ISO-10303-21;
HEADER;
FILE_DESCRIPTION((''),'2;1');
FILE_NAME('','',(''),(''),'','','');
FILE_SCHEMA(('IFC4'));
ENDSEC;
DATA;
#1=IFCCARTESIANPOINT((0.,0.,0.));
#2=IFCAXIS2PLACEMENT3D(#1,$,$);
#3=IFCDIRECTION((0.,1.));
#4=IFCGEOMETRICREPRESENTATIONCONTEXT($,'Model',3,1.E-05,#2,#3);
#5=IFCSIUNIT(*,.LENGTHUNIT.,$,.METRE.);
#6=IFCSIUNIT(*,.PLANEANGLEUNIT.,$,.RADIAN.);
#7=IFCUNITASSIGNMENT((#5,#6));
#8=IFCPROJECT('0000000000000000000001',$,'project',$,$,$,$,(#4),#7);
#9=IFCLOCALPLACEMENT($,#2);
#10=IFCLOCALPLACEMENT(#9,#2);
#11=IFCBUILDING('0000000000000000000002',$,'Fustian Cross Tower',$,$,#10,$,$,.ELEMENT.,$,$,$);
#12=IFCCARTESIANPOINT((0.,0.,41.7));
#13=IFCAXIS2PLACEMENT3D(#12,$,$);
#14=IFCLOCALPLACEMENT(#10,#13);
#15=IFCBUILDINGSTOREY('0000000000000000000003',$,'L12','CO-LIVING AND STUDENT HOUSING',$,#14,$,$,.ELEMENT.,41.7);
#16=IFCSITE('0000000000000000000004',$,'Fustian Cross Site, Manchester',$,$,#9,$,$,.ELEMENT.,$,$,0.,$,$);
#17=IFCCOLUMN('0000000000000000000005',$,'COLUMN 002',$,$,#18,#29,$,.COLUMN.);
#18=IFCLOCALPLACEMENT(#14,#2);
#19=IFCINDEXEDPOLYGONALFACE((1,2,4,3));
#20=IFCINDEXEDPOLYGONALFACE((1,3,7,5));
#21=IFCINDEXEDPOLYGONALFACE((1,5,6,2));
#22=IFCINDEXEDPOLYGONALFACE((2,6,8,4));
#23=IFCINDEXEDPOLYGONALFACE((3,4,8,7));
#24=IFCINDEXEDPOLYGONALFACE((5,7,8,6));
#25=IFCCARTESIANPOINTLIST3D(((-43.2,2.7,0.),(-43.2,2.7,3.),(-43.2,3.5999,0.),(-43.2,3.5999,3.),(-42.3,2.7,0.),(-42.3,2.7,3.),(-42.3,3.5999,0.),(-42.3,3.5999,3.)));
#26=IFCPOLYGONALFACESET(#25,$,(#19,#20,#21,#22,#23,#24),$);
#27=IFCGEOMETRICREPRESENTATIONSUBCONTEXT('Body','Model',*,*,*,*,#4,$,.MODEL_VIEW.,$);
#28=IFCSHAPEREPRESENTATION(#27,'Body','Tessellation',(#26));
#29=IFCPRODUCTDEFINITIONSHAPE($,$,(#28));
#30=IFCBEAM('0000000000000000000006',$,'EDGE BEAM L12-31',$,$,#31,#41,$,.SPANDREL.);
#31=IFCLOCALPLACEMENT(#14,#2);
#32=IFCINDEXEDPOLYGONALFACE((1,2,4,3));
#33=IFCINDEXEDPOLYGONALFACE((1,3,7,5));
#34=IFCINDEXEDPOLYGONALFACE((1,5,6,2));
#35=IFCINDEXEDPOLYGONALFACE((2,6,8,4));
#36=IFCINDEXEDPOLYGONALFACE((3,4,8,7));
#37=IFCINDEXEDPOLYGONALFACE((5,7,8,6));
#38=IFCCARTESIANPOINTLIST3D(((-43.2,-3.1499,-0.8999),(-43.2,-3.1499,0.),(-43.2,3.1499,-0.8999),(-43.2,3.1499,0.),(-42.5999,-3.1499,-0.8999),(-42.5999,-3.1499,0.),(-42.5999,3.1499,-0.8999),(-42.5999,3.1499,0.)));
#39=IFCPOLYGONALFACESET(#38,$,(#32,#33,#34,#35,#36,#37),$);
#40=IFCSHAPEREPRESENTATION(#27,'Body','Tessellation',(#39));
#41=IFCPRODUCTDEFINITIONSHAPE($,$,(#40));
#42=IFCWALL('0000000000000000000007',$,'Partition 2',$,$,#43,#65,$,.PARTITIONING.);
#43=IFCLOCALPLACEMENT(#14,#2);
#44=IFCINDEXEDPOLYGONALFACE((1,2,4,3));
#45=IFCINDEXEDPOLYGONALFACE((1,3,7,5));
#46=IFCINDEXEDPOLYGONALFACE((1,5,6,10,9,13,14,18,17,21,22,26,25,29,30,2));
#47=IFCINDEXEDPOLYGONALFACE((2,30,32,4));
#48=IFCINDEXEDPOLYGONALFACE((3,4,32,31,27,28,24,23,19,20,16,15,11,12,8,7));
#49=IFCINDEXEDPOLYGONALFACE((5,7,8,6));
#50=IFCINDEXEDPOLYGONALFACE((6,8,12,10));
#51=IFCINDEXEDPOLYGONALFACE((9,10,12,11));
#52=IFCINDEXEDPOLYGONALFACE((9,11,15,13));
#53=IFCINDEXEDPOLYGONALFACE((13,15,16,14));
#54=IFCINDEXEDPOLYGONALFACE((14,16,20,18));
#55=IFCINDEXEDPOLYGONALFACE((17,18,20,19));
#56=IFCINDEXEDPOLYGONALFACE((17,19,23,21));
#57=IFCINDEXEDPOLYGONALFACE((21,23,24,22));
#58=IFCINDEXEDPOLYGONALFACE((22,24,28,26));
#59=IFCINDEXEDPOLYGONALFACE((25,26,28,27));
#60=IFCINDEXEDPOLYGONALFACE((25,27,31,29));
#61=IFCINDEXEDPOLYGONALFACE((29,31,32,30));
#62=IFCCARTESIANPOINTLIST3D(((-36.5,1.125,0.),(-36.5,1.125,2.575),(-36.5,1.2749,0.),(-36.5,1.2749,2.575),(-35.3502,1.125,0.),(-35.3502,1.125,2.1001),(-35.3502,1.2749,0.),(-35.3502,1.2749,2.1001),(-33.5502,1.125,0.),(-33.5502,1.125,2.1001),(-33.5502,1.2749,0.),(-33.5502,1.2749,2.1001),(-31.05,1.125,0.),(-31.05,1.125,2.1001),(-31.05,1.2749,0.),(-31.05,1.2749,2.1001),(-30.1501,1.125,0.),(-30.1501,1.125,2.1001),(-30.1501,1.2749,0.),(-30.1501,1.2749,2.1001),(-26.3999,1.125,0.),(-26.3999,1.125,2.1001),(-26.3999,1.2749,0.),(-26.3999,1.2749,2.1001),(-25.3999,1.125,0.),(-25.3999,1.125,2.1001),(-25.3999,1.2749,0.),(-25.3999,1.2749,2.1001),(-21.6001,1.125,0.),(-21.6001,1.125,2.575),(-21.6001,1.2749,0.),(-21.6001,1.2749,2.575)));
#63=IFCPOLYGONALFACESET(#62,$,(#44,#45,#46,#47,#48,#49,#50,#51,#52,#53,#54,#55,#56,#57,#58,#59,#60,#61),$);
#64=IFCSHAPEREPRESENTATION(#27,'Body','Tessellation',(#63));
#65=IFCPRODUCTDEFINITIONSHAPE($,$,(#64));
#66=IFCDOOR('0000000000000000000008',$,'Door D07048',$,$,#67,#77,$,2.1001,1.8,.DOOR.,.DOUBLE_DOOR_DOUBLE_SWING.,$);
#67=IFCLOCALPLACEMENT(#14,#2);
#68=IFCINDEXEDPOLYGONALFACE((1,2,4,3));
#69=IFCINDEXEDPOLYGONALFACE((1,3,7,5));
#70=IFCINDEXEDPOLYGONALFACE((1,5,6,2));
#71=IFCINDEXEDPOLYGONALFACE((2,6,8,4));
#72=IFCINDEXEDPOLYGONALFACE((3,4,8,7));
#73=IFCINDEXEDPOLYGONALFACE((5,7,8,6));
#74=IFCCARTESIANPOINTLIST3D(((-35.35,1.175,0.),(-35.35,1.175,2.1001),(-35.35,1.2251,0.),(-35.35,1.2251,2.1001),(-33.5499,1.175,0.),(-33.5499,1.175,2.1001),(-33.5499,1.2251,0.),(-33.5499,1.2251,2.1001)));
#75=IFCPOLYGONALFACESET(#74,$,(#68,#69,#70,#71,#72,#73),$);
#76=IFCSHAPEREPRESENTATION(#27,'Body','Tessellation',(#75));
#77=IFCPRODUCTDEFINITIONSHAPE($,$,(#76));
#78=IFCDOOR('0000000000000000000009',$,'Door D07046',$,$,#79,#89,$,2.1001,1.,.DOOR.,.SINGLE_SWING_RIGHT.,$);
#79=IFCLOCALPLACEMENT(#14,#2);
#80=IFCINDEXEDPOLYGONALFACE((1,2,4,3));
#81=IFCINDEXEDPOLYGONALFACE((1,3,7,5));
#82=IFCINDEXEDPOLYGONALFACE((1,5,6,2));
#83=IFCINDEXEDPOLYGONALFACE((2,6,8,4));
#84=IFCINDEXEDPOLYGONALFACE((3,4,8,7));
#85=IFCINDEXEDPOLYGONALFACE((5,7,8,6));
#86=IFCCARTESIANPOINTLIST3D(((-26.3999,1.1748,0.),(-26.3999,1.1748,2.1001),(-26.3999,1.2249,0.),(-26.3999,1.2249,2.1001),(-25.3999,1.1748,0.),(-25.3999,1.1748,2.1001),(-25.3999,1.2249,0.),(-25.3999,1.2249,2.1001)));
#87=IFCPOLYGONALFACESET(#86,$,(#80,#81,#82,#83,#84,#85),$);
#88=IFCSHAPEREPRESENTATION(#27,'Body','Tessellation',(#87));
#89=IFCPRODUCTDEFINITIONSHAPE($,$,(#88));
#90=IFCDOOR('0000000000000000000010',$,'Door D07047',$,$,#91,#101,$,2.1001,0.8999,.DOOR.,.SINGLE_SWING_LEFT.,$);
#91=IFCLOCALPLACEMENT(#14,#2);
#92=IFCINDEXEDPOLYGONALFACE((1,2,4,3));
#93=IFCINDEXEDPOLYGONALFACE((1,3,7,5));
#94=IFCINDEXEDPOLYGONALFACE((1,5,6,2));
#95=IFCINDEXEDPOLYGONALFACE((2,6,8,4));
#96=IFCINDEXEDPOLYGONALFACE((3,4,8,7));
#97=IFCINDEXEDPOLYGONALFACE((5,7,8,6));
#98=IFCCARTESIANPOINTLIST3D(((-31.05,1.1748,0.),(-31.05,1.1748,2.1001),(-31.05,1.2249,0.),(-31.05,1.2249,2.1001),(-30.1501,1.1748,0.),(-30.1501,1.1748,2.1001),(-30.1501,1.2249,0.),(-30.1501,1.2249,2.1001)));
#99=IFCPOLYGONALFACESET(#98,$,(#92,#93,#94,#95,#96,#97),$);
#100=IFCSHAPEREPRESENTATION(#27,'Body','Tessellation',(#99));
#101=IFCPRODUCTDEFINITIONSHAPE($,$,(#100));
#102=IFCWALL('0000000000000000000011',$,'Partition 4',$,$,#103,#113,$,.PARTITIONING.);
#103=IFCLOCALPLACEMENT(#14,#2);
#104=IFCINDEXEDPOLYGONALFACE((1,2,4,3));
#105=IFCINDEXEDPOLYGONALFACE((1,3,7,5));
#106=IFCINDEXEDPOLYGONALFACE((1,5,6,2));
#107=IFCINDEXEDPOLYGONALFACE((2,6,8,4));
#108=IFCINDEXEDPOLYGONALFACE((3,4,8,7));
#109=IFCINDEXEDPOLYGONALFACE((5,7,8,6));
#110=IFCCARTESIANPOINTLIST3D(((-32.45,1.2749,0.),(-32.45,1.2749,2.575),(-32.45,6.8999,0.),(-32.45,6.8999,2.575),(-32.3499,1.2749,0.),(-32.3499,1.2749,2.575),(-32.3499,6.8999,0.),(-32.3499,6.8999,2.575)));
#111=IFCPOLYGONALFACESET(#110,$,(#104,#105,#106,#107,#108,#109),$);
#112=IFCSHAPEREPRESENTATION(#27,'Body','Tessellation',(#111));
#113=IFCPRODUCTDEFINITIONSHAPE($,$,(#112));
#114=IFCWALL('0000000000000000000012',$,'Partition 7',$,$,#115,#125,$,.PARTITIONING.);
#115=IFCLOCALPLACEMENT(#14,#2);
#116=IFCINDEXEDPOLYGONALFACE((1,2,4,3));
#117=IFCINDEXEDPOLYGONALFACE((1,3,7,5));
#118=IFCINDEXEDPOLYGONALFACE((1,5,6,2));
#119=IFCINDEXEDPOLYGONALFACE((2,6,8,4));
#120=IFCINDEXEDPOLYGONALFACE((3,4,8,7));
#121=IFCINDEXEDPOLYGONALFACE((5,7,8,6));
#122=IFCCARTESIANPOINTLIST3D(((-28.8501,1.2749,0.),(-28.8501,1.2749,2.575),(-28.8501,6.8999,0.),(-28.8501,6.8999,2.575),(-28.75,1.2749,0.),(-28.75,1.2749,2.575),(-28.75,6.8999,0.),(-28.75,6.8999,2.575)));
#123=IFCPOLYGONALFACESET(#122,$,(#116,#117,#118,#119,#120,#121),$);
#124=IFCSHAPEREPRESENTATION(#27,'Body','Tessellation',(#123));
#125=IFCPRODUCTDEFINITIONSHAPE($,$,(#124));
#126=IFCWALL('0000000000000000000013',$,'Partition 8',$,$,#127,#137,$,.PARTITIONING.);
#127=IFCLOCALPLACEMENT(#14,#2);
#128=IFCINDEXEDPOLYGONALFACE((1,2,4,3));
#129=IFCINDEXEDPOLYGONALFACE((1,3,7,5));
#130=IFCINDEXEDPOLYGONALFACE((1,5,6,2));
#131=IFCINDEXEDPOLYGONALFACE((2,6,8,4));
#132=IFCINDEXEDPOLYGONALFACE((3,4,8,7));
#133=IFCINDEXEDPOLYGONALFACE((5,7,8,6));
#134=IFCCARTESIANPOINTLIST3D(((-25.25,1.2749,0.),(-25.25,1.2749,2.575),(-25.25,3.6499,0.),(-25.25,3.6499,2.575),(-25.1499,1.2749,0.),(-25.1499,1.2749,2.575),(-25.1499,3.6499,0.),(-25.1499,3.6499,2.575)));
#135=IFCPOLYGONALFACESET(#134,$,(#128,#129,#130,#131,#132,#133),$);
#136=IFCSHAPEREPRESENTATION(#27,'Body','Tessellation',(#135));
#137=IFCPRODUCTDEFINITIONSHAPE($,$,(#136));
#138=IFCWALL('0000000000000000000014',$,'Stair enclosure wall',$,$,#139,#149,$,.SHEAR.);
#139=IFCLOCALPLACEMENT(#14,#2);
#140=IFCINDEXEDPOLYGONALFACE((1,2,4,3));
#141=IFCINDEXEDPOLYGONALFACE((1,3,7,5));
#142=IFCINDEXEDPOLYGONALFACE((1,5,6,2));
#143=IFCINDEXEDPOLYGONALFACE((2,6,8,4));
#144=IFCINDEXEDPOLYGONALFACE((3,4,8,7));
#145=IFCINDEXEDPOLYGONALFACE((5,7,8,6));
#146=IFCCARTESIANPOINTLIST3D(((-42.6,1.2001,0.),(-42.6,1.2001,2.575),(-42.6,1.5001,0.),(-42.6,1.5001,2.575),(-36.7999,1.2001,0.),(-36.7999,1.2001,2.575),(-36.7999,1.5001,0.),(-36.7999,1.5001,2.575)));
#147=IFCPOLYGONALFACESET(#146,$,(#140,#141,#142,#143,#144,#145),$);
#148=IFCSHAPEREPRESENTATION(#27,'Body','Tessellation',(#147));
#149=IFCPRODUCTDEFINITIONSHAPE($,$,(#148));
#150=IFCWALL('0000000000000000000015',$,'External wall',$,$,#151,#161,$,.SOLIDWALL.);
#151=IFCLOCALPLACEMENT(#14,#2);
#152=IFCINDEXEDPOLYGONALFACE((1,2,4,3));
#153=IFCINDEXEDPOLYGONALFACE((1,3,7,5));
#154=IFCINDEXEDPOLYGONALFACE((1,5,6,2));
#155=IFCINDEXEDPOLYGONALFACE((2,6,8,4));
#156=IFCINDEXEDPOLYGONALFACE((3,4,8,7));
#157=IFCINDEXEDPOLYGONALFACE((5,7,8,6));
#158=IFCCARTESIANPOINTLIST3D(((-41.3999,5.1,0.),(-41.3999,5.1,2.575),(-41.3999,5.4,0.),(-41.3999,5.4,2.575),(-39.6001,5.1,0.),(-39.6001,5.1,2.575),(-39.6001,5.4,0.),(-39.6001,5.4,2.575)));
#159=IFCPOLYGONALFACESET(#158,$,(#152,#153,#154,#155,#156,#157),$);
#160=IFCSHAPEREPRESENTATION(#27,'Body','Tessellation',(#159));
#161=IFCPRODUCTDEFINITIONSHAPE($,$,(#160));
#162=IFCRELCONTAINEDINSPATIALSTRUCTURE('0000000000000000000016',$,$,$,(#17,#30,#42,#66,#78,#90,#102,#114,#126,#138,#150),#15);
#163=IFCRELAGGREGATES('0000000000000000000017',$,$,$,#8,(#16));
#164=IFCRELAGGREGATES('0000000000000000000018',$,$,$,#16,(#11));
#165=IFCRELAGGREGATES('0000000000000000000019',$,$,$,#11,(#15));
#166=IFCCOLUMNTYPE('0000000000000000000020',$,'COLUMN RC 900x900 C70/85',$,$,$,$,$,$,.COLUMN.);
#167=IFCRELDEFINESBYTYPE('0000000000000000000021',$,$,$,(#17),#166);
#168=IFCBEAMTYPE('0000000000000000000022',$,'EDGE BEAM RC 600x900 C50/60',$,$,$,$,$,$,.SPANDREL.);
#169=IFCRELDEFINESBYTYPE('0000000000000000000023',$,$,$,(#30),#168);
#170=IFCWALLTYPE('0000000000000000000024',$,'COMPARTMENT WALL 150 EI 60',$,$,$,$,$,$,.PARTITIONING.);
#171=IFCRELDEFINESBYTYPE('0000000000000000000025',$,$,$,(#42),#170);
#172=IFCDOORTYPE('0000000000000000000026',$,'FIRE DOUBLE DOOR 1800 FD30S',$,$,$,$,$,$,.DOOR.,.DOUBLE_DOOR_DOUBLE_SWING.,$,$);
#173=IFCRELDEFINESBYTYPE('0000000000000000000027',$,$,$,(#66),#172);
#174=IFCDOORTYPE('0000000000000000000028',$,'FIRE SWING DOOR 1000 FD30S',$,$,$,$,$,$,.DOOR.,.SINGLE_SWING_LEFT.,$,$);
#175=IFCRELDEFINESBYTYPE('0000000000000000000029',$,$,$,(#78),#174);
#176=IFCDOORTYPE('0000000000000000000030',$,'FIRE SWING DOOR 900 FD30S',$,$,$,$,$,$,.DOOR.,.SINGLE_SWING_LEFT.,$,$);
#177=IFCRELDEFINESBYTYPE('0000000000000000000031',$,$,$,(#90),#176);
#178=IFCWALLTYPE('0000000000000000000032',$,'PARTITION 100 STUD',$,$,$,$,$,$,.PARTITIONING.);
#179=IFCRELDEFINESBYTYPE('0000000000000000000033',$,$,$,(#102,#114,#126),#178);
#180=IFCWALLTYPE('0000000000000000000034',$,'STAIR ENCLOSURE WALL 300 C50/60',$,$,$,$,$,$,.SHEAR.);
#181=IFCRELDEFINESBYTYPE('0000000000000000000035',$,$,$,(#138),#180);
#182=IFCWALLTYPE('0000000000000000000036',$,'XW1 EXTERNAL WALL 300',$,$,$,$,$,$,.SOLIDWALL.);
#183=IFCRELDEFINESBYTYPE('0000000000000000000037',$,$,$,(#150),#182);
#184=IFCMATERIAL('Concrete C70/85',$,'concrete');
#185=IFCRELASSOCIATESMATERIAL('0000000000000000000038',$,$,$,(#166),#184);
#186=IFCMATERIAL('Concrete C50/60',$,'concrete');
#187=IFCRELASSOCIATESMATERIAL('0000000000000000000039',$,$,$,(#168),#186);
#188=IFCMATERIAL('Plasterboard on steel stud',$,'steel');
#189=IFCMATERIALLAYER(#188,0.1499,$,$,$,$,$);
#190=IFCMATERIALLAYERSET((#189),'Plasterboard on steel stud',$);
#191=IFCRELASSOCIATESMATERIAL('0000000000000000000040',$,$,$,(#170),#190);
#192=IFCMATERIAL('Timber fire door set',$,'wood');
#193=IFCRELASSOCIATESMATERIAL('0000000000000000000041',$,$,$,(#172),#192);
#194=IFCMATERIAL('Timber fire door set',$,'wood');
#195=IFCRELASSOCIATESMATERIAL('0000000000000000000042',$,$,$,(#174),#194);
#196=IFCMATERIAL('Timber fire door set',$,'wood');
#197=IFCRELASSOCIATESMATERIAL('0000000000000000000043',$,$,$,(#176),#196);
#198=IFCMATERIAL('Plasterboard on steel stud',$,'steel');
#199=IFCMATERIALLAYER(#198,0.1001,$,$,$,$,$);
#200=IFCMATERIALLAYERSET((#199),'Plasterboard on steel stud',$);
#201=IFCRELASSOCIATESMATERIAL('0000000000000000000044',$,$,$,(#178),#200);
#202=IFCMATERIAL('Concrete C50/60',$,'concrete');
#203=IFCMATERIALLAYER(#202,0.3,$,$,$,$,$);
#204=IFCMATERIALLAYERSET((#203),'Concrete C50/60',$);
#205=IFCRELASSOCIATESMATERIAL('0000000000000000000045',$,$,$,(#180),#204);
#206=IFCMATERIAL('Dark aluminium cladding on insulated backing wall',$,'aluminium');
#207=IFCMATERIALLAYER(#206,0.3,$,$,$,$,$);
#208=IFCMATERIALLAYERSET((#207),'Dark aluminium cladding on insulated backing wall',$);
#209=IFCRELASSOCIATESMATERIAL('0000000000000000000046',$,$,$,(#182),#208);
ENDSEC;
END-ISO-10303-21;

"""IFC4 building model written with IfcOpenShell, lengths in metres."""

from ifc_helpers import new_model, si_unit, direction, frame, frame_2d, origin, origin_2d, place, context, subcontext, project, spatial, rectangle, extrude, material, layer, layer_set, material_profile, profile_set, type_object, element, fill, save


model = new_model("IFC4")

# Units and contexts
model_context = context("Model", 3, precision=1e-05, world=origin(), true_north=direction((0.0, 1.0)))
body_context = subcontext(model_context, "Body", "Model", "MODEL_VIEW")
ifc_project = project(units=[si_unit("LENGTHUNIT", "METRE"), si_unit("PLANEANGLEUNIT", "RADIAN")], contexts=[model_context])

# Site, building, storey
site_placement = place(None, origin())
site = spatial("IfcSite", under=ifc_project, at=site_placement, Name="Fustian Cross Site, Manchester", CompositionType="ELEMENT", RefElevation=0.0)
building_placement = place(site_placement, origin())
building = spatial("IfcBuilding", under=site, at=building_placement, Name="Fustian Cross Tower", CompositionType="ELEMENT")
storey_placement = place(building_placement, frame((0.0, 0.0, 41.7)))
storey = spatial("IfcBuildingStorey", under=building, at=storey_placement, Name="L12", Description="CO-LIVING AND STUDENT HOUSING", CompositionType="ELEMENT", Elevation=41.7)

# Column
ifc_material_1 = material(Name="Concrete C70/85", Category="concrete")
ifc_material_profile_1 = material_profile(ifc_material_1, rectangle(XDim=0.8999, YDim=0.8999, at=origin_2d()), Name="RC 900x900")
ifc_profile_set_1 = profile_set([ifc_material_profile_1], Name="Concrete C70/85")
column_type = type_object("IfcColumnType", Name="COLUMN RC 900x900 C70/85", PredefinedType="COLUMN", material=ifc_profile_set_1)
column_placement = place(storey_placement, frame((-42.75, 3.1499, 0.0), z_axis=(0.0, 0.0, 1.0), x_axis=(1.0, 0.0, 0.0)))
element("IfcColumn", 1, at=column_placement, inside=storey, type_object=column_type, Name="COLUMN 002", PredefinedType="COLUMN", context=body_context, shape_type="SweptSolid", body=[
    extrude(rectangle(XDim=0.8999, YDim=0.8999, at=origin_2d()), origin(), (0.0, 0.0, 1.0), 3.0),
])

# Beam
ifc_material_2 = material(Name="Concrete C50/60", Category="concrete")
ifc_material_profile_2 = material_profile(ifc_material_2, rectangle(XDim=0.6001, YDim=0.8999, at=origin_2d()), Name="RC 600x900")
ifc_profile_set_2 = profile_set([ifc_material_profile_2], Name="Concrete C50/60")
beam_type = type_object("IfcBeamType", Name="EDGE BEAM RC 600x900 C50/60", PredefinedType="SPANDREL", material=ifc_profile_set_2)
beam_placement = place(storey_placement, frame((-42.8999, 3.1499, -0.45), z_axis=(0.0, -1.0, 0.0), x_axis=(1.0, 0.0, 0.0)))
element("IfcBeam", 2, at=beam_placement, inside=storey, type_object=beam_type, Name="EDGE BEAM L12-31", PredefinedType="SPANDREL", context=body_context, shape_type="SweptSolid", body=[
    extrude(rectangle(XDim=0.6001, YDim=0.8999, at=origin_2d()), origin(), (0.0, 0.0, 1.0), 6.2998),
])

# Wall, openings, doors
ifc_material_3 = material(Name="Plasterboard on steel stud", Category="steel")
ifc_layer_1 = layer(ifc_material_3, 0.1499)
ifc_layer_set_1 = layer_set([ifc_layer_1], Name="Plasterboard on steel stud")
wall_type_1 = type_object("IfcWallType", Name="COMPARTMENT WALL 150 EI 60", PredefinedType="PARTITIONING", material=ifc_layer_set_1)
wall_1_placement = place(storey_placement, frame((-36.5, 1.2, 0.0), z_axis=(0.0, 0.0, 1.0), x_axis=(1.0, 0.0, 0.0)))
wall_1 = element("IfcWall", 3, at=wall_1_placement, inside=storey, type_object=wall_type_1, Name="Partition 2", PredefinedType="PARTITIONING", context=body_context, shape_type="SweptSolid", body=[
    extrude(rectangle(XDim=14.8999, YDim=0.1499, at=frame_2d((7.45, 0.0))), origin(), (0.0, 0.0, 1.0), 2.575),
])
opening_1_placement = place(wall_1_placement, frame((10.1001, 0.0, 0.0)))
opening_1 = element("IfcOpeningElement", 4, at=opening_1_placement, cuts=wall_1, PredefinedType="OPENING", context=body_context, shape_type="SweptSolid", body=[
    extrude(rectangle(XDim=1.0, YDim=2.1001, at=frame_2d((0.5, 1.05))), frame((0.0, 0.085, 0.0), z_axis=(0.0, -1.0, 0.0), x_axis=(1.0, 0.0, 0.0)), (0.0, 0.0, 1.0), 0.1699),
])
opening_2_placement = place(wall_1_placement, frame((5.45, 0.0, 0.0)))
opening_2 = element("IfcOpeningElement", 5, at=opening_2_placement, cuts=wall_1, PredefinedType="OPENING", context=body_context, shape_type="SweptSolid", body=[
    extrude(rectangle(XDim=0.8999, YDim=2.1001, at=frame_2d((0.45, 1.05))), frame((0.0, 0.085, 0.0), z_axis=(0.0, -1.0, 0.0), x_axis=(1.0, 0.0, 0.0)), (0.0, 0.0, 1.0), 0.1699),
])
opening_3_placement = place(wall_1_placement, frame((1.1499, 0.0, 0.0)))
opening_3 = element("IfcOpeningElement", 6, at=opening_3_placement, cuts=wall_1, PredefinedType="OPENING", context=body_context, shape_type="SweptSolid", body=[
    extrude(rectangle(XDim=1.8, YDim=2.1001, at=frame_2d((0.8999, 1.05))), frame((0.0, 0.085, 0.0), z_axis=(0.0, -1.0, 0.0), x_axis=(1.0, 0.0, 0.0)), (0.0, 0.0, 1.0), 0.1699),
])
ifc_material_4 = material(Name="Timber fire door set", Category="wood")
door_type_1 = type_object("IfcDoorType", Name="FIRE DOUBLE DOOR 1800 FD30S", OperationType="DOUBLE_DOOR_DOUBLE_SWING", PredefinedType="DOOR", material=ifc_material_4)
door_1_placement = place(opening_3_placement, frame((1.8, 0.0, 0.0), z_axis=(0.0, 0.0, 1.0), x_axis=(-1.0, 0.0, 0.0)))
door_1 = element("IfcDoor", 7, at=door_1_placement, inside=storey, type_object=door_type_1, Name="Door D07048", OperationType="DOUBLE_DOOR_DOUBLE_SWING", OverallHeight=2.1001, OverallWidth=1.8, PredefinedType="DOOR", context=body_context, shape_type="SweptSolid", body=[
    extrude(rectangle(XDim=1.8, YDim=2.1001, at=frame_2d((0.8999, 1.05))), frame((0.0, 0.0249, 0.0), z_axis=(0.0, -1.0, 0.0), x_axis=(1.0, 0.0, 0.0)), (0.0, 0.0, 1.0), 0.05),
])
fill(opening_3, door_1)
ifc_material_5 = material(Name="Timber fire door set", Category="wood")
door_type_2 = type_object("IfcDoorType", Name="FIRE SWING DOOR 1000 FD30S", OperationType="SINGLE_SWING_LEFT", PredefinedType="DOOR", material=ifc_material_5)
door_2_placement = place(opening_1_placement, origin())
door_2 = element("IfcDoor", 8, at=door_2_placement, inside=storey, type_object=door_type_2, Name="Door D07046", OperationType="SINGLE_SWING_RIGHT", OverallHeight=2.1001, OverallWidth=1.0, PredefinedType="DOOR", context=body_context, shape_type="SweptSolid", body=[
    extrude(rectangle(XDim=1.0, YDim=2.1001, at=frame_2d((0.5, 1.05))), frame((0.0, 0.0249, 0.0), z_axis=(0.0, -1.0, 0.0), x_axis=(1.0, 0.0, 0.0)), (0.0, 0.0, 1.0), 0.05),
])
fill(opening_1, door_2)
ifc_material_6 = material(Name="Timber fire door set", Category="wood")
door_type_3 = type_object("IfcDoorType", Name="FIRE SWING DOOR 900 FD30S", OperationType="SINGLE_SWING_LEFT", PredefinedType="DOOR", material=ifc_material_6)
door_3_placement = place(opening_2_placement, origin())
door_3 = element("IfcDoor", 9, at=door_3_placement, inside=storey, type_object=door_type_3, Name="Door D07047", OperationType="SINGLE_SWING_LEFT", OverallHeight=2.1001, OverallWidth=0.8999, PredefinedType="DOOR", context=body_context, shape_type="SweptSolid", body=[
    extrude(rectangle(XDim=0.8999, YDim=2.1001, at=frame_2d((0.45, 1.05))), frame((0.0, 0.0249, 0.0), z_axis=(0.0, -1.0, 0.0), x_axis=(1.0, 0.0, 0.0)), (0.0, 0.0, 1.0), 0.05),
])
fill(opening_2, door_3)

# Walls
ifc_material_7 = material(Name="Plasterboard on steel stud", Category="steel")
ifc_layer_2 = layer(ifc_material_7, 0.1001)
ifc_layer_set_2 = layer_set([ifc_layer_2], Name="Plasterboard on steel stud")
wall_type_2 = type_object("IfcWallType", Name="PARTITION 100 STUD", PredefinedType="PARTITIONING", material=ifc_layer_set_2)
for number, where, z_axis, x_axis, name in (
    (10, (-32.3999, 1.2749, 0.0), (0.0, 0.0, 1.0), (0.0, 1.0, 0.0), "Partition 4"),
    (11, (-28.8, 1.2749, 0.0), (0.0, 0.0, 1.0), (0.0, 1.0, 0.0), "Partition 7"),
):
    element("IfcWall", number, at=place(storey_placement, frame(where, z_axis=z_axis, x_axis=x_axis)), inside=storey, type_object=wall_type_2, Name=name, PredefinedType="PARTITIONING", context=body_context, shape_type="SweptSolid", body=[
        extrude(rectangle(XDim=5.625, YDim=0.1001, at=frame_2d((2.8125, 0.0))), origin(), (0.0, 0.0, 1.0), 2.575),
    ])
wall_2_placement = place(storey_placement, frame((-25.2, 1.2749, 0.0), z_axis=(0.0, 0.0, 1.0), x_axis=(0.0, 1.0, 0.0)))
element("IfcWall", 12, at=wall_2_placement, inside=storey, type_object=wall_type_2, Name="Partition 8", PredefinedType="PARTITIONING", context=body_context, shape_type="SweptSolid", body=[
    extrude(rectangle(XDim=2.375, YDim=0.1001, at=frame_2d((1.1875, 0.0))), origin(), (0.0, 0.0, 1.0), 2.575),
])
ifc_material_8 = material(Name="Concrete C50/60", Category="concrete")
ifc_layer_3 = layer(ifc_material_8, 0.3)
ifc_layer_set_3 = layer_set([ifc_layer_3], Name="Concrete C50/60")
wall_type_3 = type_object("IfcWallType", Name="STAIR ENCLOSURE WALL 300 C50/60", PredefinedType="SHEAR", material=ifc_layer_set_3)
wall_3_placement = place(storey_placement, frame((-36.8, 1.3501, 0.0), z_axis=(0.0, 0.0, 1.0), x_axis=(-1.0, 0.0, 0.0)))
element("IfcWall", 13, at=wall_3_placement, inside=storey, type_object=wall_type_3, Name="Stair enclosure wall", PredefinedType="SHEAR", context=body_context, shape_type="SweptSolid", body=[
    extrude(rectangle(XDim=5.8, YDim=0.3, at=frame_2d((2.8999, 0.0))), origin(), (0.0, 0.0, 1.0), 2.575),
])
ifc_material_9 = material(Name="Dark aluminium cladding on insulated backing wall", Category="aluminium")
ifc_layer_4 = layer(ifc_material_9, 0.3)
ifc_layer_set_4 = layer_set([ifc_layer_4], Name="Dark aluminium cladding on insulated backing wall")
wall_type_4 = type_object("IfcWallType", Name="XW1 EXTERNAL WALL 300", PredefinedType="SOLIDWALL", material=ifc_layer_set_4)
wall_4_placement = place(storey_placement, frame((-39.6001, 5.25, 0.0), z_axis=(0.0, 0.0, 1.0), x_axis=(-1.0, 0.0, 0.0)))
element("IfcWall", 14, at=wall_4_placement, inside=storey, type_object=wall_type_4, Name="External wall", PredefinedType="SOLIDWALL", context=body_context, shape_type="SweptSolid", body=[
    extrude(rectangle(XDim=1.7998, YDim=0.3, at=frame_2d((0.8999, 0.0))), origin(), (0.0, 0.0, 1.0), 2.575),
])

save(model, "model.ifc")
